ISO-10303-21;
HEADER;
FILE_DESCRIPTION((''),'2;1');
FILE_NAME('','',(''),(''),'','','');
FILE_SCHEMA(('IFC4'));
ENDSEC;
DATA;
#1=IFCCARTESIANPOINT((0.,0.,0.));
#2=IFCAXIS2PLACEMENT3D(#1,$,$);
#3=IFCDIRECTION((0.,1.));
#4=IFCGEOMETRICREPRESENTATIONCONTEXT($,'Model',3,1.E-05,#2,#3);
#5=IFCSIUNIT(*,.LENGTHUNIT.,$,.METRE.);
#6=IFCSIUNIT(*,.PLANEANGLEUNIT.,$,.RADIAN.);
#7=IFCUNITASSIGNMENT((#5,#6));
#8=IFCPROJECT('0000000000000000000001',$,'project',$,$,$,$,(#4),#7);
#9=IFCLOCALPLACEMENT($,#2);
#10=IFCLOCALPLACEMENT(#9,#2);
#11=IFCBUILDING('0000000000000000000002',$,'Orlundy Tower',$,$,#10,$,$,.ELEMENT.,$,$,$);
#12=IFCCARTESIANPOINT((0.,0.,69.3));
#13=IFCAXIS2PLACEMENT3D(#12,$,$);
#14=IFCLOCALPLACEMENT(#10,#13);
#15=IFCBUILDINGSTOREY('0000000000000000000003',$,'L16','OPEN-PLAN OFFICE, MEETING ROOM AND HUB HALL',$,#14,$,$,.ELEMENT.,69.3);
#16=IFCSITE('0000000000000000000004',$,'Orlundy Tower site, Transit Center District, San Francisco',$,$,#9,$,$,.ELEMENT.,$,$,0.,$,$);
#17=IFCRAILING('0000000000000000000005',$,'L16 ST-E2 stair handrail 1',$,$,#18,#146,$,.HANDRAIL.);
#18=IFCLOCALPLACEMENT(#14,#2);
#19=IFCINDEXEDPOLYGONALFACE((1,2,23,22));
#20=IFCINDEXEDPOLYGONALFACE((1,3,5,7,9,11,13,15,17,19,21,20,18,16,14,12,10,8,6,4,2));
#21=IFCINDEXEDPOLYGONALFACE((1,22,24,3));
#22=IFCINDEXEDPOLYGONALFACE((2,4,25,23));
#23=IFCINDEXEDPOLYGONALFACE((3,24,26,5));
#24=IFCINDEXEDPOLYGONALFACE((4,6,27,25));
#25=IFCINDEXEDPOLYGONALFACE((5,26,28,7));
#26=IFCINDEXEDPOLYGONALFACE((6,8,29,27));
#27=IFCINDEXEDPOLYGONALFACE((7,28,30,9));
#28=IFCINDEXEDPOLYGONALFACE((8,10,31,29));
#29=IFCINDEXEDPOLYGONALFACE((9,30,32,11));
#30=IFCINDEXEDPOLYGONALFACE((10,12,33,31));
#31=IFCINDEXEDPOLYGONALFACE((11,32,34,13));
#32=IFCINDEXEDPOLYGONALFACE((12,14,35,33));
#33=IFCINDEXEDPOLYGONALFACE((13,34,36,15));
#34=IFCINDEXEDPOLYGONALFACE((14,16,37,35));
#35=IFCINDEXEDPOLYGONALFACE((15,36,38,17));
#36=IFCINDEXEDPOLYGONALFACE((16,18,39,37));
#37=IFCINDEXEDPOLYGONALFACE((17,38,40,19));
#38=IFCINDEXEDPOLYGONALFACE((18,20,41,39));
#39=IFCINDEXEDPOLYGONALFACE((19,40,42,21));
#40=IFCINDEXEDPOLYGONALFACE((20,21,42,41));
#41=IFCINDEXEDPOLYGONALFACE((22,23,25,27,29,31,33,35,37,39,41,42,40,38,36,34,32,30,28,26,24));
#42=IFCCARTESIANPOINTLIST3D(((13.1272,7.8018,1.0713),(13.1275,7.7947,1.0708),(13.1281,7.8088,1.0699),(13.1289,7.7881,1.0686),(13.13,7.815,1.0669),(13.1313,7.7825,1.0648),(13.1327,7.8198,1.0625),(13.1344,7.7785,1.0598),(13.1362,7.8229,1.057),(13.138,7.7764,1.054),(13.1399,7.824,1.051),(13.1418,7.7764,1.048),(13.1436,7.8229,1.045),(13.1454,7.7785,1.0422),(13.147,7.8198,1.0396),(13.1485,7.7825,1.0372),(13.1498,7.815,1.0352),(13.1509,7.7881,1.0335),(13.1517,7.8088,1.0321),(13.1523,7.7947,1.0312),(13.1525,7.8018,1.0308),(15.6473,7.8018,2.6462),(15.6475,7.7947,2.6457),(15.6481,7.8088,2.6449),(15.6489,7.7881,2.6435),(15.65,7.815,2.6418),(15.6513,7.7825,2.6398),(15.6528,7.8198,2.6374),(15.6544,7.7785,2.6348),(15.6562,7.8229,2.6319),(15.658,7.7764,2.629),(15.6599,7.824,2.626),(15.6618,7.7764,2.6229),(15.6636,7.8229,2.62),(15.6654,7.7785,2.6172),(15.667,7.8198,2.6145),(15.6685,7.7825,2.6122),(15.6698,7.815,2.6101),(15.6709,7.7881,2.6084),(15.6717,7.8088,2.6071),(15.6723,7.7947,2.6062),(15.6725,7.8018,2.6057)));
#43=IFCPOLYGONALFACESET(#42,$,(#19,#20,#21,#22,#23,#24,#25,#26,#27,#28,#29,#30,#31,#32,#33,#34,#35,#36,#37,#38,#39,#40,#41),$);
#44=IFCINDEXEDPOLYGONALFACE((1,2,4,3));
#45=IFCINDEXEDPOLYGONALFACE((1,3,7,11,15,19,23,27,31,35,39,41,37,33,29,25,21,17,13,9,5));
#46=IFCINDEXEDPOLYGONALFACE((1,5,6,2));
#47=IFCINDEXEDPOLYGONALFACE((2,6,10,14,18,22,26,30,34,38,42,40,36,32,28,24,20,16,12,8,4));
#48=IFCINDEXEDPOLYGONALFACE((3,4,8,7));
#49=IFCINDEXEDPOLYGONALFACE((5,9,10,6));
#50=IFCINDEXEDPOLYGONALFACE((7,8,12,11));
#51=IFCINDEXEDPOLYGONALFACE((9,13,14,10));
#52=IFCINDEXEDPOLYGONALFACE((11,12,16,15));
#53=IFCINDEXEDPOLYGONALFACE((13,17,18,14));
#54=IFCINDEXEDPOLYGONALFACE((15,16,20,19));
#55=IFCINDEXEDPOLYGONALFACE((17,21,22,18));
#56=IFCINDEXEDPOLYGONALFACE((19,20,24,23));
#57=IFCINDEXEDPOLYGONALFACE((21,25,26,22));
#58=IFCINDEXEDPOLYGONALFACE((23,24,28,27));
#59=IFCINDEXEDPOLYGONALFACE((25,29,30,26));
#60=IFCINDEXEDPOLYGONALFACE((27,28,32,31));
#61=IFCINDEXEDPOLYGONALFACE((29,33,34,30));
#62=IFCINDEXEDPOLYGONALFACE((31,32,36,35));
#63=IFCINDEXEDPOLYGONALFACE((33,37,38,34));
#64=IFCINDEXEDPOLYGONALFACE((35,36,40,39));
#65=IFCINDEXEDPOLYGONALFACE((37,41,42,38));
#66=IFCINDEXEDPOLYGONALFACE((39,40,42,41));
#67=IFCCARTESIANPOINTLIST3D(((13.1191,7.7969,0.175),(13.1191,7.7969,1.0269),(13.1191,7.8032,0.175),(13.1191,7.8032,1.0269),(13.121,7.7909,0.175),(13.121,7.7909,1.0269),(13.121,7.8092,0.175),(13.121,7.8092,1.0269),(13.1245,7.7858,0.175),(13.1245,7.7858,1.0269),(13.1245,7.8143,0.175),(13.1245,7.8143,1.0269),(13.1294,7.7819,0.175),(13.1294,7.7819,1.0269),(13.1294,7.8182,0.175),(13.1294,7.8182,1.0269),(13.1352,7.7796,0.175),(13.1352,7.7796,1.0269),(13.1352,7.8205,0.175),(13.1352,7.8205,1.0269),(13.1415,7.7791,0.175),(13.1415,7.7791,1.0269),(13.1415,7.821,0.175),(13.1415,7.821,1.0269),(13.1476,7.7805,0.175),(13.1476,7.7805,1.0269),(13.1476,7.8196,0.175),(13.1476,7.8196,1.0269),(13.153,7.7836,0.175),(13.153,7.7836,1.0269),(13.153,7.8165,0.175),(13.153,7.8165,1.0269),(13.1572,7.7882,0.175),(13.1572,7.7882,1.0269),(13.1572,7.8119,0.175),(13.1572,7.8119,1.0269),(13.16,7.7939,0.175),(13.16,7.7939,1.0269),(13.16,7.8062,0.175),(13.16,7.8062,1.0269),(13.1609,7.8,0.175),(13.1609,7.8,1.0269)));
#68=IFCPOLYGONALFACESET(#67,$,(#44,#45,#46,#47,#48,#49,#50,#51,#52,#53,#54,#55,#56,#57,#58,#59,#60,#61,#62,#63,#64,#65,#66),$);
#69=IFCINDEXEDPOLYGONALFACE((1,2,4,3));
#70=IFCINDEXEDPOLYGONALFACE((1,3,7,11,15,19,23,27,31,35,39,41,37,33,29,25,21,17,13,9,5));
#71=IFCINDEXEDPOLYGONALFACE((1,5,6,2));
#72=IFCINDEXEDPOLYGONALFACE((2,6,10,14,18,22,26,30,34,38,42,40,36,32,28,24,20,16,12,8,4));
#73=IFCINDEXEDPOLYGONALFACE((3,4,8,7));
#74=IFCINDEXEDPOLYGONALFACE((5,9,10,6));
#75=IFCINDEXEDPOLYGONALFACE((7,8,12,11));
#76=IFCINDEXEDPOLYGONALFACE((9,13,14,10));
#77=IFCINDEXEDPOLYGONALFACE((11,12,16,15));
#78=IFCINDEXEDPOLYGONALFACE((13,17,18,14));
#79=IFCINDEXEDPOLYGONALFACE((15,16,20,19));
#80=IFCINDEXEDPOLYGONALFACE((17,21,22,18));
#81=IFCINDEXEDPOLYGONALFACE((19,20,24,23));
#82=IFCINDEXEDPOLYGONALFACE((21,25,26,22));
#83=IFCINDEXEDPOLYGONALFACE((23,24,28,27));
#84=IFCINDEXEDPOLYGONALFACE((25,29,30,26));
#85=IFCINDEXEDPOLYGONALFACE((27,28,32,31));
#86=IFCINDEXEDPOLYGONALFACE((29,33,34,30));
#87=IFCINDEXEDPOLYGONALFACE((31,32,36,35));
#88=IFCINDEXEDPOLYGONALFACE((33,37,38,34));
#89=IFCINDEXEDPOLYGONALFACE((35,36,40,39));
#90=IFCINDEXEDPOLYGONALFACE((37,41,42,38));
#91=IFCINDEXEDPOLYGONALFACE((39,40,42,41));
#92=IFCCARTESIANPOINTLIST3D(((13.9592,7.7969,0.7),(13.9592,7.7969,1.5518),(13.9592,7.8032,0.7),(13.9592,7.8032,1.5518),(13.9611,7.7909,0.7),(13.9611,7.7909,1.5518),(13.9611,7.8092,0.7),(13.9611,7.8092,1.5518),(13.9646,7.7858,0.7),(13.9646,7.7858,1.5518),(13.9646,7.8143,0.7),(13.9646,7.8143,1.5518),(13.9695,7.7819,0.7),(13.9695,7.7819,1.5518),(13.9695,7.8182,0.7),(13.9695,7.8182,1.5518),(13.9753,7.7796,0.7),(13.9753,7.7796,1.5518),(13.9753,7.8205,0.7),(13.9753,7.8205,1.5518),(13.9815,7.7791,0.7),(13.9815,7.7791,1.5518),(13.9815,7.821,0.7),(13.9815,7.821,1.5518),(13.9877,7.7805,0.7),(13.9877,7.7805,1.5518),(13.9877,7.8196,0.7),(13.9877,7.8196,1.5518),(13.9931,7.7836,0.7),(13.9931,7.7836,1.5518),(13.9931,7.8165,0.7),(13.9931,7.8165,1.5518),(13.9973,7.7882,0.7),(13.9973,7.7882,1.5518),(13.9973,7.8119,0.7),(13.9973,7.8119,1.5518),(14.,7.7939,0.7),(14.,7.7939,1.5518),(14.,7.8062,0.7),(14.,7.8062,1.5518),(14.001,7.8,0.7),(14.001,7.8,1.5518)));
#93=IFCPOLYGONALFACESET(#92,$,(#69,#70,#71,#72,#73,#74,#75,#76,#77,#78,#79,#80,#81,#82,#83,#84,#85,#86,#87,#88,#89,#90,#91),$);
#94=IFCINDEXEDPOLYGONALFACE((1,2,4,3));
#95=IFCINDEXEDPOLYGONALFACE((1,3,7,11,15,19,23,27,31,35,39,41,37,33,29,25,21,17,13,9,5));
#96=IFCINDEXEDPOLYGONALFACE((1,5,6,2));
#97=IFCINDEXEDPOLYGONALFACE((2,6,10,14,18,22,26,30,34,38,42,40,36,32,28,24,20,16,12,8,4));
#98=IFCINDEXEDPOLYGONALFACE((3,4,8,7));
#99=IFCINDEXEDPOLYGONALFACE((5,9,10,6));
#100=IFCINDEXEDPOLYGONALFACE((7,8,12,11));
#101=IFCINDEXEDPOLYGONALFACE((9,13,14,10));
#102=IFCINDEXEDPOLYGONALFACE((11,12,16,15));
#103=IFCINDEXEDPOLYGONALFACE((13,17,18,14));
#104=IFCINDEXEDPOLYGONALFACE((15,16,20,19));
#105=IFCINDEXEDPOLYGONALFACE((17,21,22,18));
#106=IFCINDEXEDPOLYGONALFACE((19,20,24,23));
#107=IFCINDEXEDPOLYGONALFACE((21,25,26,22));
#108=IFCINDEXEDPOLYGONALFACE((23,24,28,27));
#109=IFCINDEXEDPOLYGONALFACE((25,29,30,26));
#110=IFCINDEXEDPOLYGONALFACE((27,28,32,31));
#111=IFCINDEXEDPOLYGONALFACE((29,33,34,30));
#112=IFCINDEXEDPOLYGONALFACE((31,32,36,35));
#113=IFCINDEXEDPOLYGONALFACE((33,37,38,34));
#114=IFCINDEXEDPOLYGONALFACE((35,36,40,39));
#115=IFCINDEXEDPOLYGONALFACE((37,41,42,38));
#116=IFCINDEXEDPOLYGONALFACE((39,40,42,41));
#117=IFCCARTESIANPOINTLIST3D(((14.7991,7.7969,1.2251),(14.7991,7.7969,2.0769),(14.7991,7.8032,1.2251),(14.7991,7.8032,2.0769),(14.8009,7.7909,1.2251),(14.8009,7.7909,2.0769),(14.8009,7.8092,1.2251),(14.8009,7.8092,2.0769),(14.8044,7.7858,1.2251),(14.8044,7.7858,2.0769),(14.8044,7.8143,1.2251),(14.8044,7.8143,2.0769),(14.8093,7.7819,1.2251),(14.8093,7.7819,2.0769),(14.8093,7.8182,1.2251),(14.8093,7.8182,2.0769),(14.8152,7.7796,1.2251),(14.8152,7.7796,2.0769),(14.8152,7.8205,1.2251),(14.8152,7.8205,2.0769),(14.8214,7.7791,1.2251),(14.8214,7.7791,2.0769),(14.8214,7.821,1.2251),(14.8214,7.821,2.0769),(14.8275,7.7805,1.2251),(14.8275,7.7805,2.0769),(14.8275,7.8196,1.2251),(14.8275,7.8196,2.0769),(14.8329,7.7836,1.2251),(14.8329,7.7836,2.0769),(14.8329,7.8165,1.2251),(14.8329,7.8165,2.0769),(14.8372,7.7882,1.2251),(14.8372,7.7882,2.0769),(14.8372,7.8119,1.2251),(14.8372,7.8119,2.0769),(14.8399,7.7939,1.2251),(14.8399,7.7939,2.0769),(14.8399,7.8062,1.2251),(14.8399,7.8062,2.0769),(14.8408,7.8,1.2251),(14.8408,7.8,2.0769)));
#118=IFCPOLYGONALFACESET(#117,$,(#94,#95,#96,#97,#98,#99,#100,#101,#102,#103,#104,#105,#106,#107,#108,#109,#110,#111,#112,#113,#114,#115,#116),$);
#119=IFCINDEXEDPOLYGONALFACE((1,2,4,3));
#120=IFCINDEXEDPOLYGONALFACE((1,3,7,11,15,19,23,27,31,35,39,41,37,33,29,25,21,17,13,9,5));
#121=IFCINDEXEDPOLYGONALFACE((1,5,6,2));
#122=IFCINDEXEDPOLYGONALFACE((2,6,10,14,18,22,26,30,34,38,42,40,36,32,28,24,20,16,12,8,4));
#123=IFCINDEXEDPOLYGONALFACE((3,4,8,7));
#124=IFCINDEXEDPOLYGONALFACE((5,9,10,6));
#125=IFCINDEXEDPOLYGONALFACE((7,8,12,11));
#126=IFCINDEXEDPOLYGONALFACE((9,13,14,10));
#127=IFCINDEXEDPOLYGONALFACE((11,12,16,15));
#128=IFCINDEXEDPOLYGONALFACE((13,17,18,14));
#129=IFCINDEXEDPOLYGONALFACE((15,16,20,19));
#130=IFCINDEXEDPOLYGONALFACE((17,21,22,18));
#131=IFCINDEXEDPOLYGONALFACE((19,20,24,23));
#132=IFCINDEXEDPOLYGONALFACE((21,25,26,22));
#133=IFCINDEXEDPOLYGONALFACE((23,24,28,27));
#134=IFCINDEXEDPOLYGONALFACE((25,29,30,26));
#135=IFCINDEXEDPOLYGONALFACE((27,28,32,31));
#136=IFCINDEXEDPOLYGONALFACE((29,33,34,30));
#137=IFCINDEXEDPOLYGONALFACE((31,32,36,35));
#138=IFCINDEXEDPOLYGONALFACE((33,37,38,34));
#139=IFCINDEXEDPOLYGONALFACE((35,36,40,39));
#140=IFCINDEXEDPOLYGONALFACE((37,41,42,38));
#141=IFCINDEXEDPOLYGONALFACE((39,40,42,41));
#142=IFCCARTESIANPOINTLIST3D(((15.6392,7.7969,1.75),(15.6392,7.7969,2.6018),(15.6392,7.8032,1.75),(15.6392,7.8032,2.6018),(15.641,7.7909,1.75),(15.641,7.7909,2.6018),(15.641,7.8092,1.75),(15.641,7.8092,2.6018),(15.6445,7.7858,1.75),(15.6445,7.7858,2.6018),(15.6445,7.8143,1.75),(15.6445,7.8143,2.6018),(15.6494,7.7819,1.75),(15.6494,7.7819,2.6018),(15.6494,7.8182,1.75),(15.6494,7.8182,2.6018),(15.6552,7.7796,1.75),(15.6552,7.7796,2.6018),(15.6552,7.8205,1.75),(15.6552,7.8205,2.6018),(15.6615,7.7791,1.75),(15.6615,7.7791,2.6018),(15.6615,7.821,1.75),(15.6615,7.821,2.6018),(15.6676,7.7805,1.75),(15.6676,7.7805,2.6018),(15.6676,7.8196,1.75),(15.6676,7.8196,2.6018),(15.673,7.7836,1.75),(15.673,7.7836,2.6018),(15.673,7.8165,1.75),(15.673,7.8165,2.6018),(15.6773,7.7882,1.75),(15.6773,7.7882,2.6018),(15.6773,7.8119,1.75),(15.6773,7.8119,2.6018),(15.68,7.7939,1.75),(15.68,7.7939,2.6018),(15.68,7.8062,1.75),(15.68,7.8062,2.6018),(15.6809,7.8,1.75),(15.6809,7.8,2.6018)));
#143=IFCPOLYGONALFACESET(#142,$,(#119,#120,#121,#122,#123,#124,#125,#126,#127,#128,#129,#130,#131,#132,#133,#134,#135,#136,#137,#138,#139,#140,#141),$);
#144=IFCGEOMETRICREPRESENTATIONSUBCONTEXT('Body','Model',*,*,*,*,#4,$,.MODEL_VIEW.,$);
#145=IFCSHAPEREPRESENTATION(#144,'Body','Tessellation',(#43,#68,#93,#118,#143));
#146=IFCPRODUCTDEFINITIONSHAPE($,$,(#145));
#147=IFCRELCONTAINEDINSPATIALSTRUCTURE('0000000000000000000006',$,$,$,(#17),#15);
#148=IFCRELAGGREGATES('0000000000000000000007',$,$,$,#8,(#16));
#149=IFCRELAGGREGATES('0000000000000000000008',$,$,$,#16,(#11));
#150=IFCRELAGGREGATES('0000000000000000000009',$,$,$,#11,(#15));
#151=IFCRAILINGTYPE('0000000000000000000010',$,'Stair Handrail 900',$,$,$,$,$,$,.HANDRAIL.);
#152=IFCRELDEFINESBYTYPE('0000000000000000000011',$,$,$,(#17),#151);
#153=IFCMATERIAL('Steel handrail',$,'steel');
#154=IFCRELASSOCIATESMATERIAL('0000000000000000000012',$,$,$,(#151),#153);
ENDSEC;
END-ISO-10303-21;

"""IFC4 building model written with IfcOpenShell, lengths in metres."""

from ifc_helpers import new_model, si_unit, direction, frame, origin, origin_2d, place, context, subcontext, project, spatial, circle, extrude, material, type_object, element, save


model = new_model("IFC4")

# Units and contexts
model_context = context("Model", 3, precision=1e-05, world=origin(), true_north=direction((0.0, 1.0)))
body_context = subcontext(model_context, "Body", "Model", "MODEL_VIEW")
ifc_project = project(units=[si_unit("LENGTHUNIT", "METRE"), si_unit("PLANEANGLEUNIT", "RADIAN")], contexts=[model_context])

# Site, building, storey
site_placement = place(None, origin())
site = spatial("IfcSite", under=ifc_project, at=site_placement, Name="Orlundy Tower site, Transit Center District, San Francisco", CompositionType="ELEMENT", RefElevation=0.0)
building_placement = place(site_placement, origin())
building = spatial("IfcBuilding", under=site, at=building_placement, Name="Orlundy Tower", CompositionType="ELEMENT")
storey_placement = place(building_placement, frame((0.0, 0.0, 69.3)))
storey = spatial("IfcBuildingStorey", under=building, at=storey_placement, Name="L16", Description="OPEN-PLAN OFFICE, MEETING ROOM AND HUB HALL", CompositionType="ELEMENT", Elevation=69.3)

# Railing
ifc_material_1 = material(Name="Steel handrail", Category="steel")
railing_type_1 = type_object("IfcRailingType", Name="Stair Handrail 900", PredefinedType="HANDRAIL", material=ifc_material_1)
railing_1_placement = place(storey_placement, frame((13.1399, 7.8, 0.175)))
element("IfcRailing", 1, at=railing_1_placement, inside=storey, type_object=railing_type_1, Name="L16 ST-E2 stair handrail 1", PredefinedType="HANDRAIL", context=body_context, shape_type="SweptSolid", body=[
    extrude(circle(Radius=0.0239, at=origin_2d()), frame((0.0, 0.0, 0.876), z_axis=(0.848008, 0.0, 0.529984), x_axis=(0.0, 1.0, 0.0)), (0.0, 0.0, 1.0), 2.9717),
    extrude(circle(Radius=0.021, at=origin_2d()), origin(), (0.0, 0.0, 1.0), 0.8518),
    extrude(circle(Radius=0.021, at=origin_2d()), frame((0.8401, 0.0, 0.5249)), (0.0, 0.0, 1.0), 0.8518),
    extrude(circle(Radius=0.021, at=origin_2d()), frame((1.6799, 0.0, 1.05)), (0.0, 0.0, 1.0), 0.8518),
    extrude(circle(Radius=0.021, at=origin_2d()), frame((2.52, 0.0, 1.575)), (0.0, 0.0, 1.0), 0.8518),
])

save(model, "model.ifc")
